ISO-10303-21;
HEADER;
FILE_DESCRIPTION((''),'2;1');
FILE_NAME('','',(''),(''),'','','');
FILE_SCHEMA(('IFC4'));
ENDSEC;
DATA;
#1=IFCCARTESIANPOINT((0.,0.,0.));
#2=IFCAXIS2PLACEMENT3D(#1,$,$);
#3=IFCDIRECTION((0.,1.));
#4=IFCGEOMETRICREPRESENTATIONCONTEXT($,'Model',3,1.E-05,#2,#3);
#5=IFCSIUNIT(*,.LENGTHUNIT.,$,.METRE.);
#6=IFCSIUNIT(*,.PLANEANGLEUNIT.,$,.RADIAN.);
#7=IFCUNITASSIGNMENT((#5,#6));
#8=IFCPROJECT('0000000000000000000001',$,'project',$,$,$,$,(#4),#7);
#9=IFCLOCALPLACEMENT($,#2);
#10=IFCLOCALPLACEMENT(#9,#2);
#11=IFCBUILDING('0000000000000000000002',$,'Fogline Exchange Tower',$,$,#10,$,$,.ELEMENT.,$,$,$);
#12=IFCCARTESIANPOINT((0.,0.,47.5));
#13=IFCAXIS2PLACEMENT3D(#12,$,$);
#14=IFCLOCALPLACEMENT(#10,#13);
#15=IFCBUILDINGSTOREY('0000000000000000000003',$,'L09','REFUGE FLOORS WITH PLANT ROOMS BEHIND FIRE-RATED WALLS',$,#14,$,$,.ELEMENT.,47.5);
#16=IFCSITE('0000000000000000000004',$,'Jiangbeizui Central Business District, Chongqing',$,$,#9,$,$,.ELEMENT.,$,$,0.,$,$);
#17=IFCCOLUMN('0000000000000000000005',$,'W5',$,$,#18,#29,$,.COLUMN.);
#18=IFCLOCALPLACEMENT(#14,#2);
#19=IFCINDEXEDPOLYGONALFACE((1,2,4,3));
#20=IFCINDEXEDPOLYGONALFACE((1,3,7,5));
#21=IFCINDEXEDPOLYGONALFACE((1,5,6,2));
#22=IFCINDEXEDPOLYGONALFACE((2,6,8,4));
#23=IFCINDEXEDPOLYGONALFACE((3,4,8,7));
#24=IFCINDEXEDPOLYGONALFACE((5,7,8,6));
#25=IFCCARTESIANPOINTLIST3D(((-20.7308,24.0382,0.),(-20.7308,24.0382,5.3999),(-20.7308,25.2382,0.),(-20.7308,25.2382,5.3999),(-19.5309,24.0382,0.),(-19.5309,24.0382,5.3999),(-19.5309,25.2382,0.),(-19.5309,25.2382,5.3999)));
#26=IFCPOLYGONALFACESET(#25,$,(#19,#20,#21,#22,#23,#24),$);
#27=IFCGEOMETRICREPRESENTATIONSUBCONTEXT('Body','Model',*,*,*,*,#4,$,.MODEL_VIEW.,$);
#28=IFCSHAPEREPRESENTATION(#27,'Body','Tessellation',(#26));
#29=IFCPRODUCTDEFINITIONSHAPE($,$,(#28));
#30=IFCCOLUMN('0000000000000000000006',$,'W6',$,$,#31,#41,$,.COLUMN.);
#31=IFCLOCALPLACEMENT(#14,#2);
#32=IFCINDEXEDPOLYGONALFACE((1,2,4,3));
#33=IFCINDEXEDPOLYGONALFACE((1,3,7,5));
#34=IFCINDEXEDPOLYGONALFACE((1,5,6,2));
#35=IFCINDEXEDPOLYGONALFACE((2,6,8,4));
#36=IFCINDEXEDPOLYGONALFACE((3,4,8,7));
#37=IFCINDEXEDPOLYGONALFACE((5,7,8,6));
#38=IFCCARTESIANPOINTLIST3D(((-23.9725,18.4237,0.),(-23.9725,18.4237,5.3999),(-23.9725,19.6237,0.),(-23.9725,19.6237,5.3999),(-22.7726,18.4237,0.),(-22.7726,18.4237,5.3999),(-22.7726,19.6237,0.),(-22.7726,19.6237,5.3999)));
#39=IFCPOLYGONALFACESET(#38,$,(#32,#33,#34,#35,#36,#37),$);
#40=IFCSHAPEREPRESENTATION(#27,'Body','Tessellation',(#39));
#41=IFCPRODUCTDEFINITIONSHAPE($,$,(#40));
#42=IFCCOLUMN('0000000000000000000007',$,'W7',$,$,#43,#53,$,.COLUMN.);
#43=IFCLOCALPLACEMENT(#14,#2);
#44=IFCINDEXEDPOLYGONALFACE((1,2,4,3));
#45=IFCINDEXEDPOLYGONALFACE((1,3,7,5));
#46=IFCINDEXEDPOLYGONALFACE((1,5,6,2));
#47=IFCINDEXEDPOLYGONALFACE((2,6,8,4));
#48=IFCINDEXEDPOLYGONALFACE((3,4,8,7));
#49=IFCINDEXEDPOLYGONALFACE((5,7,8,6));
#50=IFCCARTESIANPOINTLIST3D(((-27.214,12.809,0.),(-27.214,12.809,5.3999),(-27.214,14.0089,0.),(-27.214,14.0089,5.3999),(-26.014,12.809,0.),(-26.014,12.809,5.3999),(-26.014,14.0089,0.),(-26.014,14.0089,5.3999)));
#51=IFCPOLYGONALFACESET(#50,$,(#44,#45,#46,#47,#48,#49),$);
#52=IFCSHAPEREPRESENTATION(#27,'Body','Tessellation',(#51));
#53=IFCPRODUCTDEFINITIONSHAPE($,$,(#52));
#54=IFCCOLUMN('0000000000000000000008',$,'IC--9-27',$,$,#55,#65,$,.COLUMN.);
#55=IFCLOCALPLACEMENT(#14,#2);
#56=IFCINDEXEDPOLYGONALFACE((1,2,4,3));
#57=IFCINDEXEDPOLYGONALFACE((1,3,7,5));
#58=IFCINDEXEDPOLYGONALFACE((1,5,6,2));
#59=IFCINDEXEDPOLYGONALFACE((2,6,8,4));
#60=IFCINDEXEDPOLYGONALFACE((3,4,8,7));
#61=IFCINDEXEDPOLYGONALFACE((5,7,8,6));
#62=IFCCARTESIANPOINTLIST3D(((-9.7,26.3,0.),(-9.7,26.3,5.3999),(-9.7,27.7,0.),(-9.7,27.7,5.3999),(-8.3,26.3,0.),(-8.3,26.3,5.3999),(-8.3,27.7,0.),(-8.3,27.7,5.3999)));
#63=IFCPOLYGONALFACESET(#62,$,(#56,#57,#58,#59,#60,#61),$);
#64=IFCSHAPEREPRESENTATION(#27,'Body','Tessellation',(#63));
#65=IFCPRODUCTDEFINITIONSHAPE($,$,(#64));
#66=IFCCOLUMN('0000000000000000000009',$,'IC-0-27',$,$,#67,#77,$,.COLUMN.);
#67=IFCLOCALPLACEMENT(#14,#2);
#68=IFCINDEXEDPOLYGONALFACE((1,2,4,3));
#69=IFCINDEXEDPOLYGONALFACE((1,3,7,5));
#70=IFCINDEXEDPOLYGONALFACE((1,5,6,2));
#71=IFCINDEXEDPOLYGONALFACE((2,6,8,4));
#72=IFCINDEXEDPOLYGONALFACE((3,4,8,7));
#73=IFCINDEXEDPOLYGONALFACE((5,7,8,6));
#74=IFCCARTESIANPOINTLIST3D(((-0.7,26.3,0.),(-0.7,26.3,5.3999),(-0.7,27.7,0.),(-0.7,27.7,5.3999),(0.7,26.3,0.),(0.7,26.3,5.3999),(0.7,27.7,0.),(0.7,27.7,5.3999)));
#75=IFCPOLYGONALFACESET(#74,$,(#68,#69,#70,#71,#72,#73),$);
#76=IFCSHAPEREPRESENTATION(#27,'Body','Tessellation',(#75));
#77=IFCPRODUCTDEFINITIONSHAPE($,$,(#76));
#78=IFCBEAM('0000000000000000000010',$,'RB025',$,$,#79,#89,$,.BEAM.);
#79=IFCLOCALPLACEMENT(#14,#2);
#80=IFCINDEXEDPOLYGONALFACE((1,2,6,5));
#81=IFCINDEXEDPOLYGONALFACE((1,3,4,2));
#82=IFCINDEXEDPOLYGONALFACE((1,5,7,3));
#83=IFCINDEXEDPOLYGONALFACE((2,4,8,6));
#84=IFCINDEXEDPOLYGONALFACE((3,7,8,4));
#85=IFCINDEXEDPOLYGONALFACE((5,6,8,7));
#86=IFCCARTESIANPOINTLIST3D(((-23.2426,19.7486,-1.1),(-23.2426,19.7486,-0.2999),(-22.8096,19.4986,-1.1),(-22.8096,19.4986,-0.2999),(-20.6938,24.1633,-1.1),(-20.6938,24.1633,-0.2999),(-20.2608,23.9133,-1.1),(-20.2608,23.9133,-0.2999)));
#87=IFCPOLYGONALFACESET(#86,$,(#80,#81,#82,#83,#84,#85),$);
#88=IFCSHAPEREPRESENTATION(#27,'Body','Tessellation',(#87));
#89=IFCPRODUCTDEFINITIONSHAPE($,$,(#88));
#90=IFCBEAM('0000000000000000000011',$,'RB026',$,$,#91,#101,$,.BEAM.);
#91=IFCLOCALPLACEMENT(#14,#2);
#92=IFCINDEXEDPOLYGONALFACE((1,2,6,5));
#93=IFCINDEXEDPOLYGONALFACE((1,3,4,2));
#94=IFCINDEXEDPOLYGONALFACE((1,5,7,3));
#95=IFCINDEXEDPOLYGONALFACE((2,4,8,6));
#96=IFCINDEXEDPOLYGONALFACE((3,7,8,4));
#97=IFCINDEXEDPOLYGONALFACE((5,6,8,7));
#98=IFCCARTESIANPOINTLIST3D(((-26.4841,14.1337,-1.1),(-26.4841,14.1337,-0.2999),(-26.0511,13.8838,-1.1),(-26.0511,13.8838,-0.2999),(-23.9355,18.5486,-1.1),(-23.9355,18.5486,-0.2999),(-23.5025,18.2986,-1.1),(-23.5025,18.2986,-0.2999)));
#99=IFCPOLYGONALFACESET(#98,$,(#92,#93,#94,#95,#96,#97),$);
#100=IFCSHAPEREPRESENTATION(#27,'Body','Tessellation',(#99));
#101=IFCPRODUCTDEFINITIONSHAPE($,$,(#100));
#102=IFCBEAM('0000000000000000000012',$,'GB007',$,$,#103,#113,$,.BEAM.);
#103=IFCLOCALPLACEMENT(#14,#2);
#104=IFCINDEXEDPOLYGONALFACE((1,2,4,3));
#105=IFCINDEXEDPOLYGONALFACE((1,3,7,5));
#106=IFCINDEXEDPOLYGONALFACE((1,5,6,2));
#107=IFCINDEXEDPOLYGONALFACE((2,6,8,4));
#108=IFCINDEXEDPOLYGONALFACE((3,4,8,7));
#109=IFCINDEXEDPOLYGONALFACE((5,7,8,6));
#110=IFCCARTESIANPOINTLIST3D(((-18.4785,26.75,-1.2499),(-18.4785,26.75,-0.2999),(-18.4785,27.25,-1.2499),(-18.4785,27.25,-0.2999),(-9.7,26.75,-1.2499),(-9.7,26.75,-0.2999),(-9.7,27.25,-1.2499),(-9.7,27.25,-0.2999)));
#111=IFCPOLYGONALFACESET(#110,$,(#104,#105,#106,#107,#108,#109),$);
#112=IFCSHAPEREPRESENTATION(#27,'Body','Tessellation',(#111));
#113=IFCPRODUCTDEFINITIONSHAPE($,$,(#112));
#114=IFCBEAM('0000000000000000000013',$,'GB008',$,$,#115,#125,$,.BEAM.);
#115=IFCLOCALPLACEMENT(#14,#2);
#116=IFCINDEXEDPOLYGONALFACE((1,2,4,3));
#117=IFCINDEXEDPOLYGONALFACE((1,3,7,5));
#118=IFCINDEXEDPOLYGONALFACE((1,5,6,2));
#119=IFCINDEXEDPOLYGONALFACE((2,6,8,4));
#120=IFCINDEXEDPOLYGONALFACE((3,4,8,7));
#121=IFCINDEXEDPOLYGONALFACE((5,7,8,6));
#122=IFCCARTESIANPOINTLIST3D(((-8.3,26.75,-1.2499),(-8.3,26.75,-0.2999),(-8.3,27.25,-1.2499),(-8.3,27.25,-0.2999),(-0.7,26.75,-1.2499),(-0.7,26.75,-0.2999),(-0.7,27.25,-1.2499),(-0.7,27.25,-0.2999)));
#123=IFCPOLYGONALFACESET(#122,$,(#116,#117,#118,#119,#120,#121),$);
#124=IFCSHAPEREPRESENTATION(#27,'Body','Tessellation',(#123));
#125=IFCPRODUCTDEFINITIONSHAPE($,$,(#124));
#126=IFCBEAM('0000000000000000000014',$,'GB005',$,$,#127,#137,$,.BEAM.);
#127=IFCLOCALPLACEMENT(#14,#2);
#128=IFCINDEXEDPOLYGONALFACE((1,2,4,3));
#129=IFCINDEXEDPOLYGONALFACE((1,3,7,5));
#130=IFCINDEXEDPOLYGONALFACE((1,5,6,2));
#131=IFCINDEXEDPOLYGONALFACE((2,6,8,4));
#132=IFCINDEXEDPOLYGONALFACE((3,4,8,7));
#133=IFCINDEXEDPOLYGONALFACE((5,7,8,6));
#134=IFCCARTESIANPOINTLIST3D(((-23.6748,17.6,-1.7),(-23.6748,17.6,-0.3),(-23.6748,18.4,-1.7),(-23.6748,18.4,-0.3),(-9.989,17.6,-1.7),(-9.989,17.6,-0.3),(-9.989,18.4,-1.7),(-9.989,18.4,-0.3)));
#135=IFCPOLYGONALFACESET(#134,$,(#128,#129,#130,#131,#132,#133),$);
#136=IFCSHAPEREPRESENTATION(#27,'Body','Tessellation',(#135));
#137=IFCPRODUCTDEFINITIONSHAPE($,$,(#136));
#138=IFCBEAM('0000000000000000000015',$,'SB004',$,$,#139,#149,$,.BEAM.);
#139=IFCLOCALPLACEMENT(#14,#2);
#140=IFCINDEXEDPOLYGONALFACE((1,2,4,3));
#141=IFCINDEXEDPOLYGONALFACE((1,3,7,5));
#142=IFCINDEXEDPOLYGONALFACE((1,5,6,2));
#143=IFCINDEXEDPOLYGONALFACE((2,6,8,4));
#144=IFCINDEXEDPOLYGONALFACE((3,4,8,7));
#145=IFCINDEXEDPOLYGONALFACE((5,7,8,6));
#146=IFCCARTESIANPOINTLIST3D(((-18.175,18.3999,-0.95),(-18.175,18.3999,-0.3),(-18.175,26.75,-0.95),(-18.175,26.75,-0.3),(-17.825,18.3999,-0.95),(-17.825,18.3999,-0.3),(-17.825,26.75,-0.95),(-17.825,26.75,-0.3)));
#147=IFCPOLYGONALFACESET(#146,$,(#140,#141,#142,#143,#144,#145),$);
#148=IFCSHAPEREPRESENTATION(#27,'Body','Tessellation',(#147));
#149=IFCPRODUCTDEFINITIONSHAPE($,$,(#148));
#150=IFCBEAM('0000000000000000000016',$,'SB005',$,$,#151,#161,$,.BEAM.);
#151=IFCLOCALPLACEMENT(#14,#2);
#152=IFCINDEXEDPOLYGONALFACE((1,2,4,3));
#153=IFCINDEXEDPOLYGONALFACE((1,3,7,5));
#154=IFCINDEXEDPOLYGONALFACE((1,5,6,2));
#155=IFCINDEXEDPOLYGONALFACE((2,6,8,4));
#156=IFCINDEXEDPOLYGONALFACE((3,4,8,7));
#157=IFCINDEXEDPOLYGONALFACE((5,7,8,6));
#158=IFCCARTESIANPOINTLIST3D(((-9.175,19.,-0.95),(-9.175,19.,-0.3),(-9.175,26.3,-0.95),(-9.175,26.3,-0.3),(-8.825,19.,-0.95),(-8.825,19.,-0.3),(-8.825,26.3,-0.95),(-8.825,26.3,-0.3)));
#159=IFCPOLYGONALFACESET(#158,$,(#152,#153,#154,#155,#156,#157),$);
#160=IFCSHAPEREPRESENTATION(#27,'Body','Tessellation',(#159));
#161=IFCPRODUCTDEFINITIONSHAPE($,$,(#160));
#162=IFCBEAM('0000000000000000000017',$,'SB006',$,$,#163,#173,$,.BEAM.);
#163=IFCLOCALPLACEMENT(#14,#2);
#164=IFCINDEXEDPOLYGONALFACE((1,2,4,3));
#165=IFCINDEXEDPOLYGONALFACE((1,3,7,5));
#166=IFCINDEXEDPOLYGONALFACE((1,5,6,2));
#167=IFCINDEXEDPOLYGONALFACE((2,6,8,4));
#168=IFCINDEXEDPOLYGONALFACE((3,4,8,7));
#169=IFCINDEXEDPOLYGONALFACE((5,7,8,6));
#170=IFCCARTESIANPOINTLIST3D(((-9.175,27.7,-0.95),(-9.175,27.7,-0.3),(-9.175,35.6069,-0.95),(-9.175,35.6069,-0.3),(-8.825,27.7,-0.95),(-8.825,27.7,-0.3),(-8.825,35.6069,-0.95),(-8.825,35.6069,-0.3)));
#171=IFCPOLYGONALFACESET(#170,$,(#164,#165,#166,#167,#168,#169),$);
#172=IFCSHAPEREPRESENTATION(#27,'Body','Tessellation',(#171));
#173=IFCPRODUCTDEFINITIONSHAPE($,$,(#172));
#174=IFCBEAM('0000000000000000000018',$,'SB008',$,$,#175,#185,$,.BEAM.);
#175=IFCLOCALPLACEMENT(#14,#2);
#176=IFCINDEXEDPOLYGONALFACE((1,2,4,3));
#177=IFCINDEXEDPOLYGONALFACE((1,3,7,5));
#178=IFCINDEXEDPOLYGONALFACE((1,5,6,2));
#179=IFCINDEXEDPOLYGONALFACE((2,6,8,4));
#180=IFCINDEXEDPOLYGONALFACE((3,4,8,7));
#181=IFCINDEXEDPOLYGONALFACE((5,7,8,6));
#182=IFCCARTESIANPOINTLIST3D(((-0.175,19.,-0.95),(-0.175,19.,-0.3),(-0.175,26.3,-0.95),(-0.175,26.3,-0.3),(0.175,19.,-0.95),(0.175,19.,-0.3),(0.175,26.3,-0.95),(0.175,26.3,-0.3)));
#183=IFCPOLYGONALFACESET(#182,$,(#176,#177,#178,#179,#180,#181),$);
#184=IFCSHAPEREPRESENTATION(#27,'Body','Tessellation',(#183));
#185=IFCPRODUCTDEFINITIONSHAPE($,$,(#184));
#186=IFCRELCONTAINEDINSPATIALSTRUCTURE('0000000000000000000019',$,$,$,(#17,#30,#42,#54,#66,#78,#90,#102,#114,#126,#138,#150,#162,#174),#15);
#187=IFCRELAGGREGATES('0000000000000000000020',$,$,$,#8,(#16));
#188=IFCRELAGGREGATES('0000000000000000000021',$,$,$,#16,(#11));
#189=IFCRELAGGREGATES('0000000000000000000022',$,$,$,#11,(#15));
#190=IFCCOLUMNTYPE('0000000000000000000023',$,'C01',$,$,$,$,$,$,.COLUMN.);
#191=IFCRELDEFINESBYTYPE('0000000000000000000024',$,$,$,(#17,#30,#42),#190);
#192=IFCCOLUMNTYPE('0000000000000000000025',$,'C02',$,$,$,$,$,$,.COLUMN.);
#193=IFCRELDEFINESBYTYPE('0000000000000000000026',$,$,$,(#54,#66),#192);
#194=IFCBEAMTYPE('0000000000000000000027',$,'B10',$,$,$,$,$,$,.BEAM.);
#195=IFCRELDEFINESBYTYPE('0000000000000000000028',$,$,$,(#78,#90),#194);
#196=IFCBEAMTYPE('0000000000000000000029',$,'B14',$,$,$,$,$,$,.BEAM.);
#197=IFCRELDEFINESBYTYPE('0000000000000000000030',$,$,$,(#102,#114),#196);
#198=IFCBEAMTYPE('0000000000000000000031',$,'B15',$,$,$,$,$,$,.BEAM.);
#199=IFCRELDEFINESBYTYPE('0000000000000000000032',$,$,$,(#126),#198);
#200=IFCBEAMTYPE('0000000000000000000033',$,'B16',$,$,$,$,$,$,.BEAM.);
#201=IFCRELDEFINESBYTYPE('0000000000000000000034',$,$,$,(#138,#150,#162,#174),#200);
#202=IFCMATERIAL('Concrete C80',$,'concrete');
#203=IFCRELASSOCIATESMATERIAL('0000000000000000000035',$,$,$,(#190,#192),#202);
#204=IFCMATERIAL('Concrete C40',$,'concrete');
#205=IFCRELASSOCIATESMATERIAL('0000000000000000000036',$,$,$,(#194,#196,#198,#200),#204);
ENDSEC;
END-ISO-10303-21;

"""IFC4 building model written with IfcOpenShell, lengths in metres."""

from ifc_helpers import new_model, si_unit, direction, frame, origin, origin_2d, place, context, subcontext, project, spatial, rectangle, extrude, material, material_profile, profile_set, type_object, element, save


model = new_model("IFC4")

# Units and contexts
model_context = context("Model", 3, precision=1e-05, world=origin(), true_north=direction((0.0, 1.0)))
body_context = subcontext(model_context, "Body", "Model", "MODEL_VIEW")
ifc_project = project(units=[si_unit("LENGTHUNIT", "METRE"), si_unit("PLANEANGLEUNIT", "RADIAN")], contexts=[model_context])

# Site, building, storey
site_placement = place(None, origin())
site = spatial("IfcSite", under=ifc_project, at=site_placement, Name="Jiangbeizui Central Business District, Chongqing", CompositionType="ELEMENT", RefElevation=0.0)
building_placement = place(site_placement, origin())
building = spatial("IfcBuilding", under=site, at=building_placement, Name="Fogline Exchange Tower", CompositionType="ELEMENT")
storey_placement = place(building_placement, frame((0.0, 0.0, 47.5)))
storey = spatial("IfcBuildingStorey", under=building, at=storey_placement, Name="L09", Description="REFUGE FLOORS WITH PLANT ROOMS BEHIND FIRE-RATED WALLS", CompositionType="ELEMENT", Elevation=47.5)

# Columns
ifc_material_1 = material(Name="Concrete C80", Category="concrete")
ifc_material_profile_1 = material_profile(ifc_material_1, rectangle(XDim=1.2, YDim=1.2, at=origin_2d()), Name="RC 1200x1200")
ifc_profile_set_1 = profile_set([ifc_material_profile_1], Name="Concrete C80")
column_type_1 = type_object("IfcColumnType", Name="C01", PredefinedType="COLUMN", material=ifc_profile_set_1)
for number, where, z_axis, x_axis, name in (
    (1, (-20.1309, 24.6382, 0.0), (0.0, 0.0, 1.0), (1.0, 0.0, 0.0), "W5"),
    (2, (-23.3726, 19.0237, 0.0), (0.0, 0.0, 1.0), (1.0, 0.0, 0.0), "W6"),
    (3, (-26.614, 13.4089, 0.0), (0.0, 0.0, 1.0), (1.0, 0.0, 0.0), "W7"),
):
    element("IfcColumn", number, at=place(storey_placement, frame(where, z_axis=z_axis, x_axis=x_axis)), inside=storey, type_object=column_type_1, Name=name, PredefinedType="COLUMN", context=body_context, shape_type="SweptSolid", body=[
        extrude(rectangle(XDim=1.2, YDim=1.2, at=origin_2d()), origin(), (0.0, 0.0, 1.0), 5.3999),
    ])
ifc_material_profile_2 = material_profile(ifc_material_1, rectangle(XDim=1.3999, YDim=1.3999, at=origin_2d()), Name="RC 1400x1400")
ifc_profile_set_2 = profile_set([ifc_material_profile_2], Name="Concrete C80")
column_type_2 = type_object("IfcColumnType", Name="C02", PredefinedType="COLUMN", material=ifc_profile_set_2)
for number, where, z_axis, x_axis, name in (
    (4, (-9.0, 27.0, 0.0), (0.0, 0.0, 1.0), (1.0, 0.0, 0.0), "IC--9-27"),
    (5, (0.0, 27.0, 0.0), (0.0, 0.0, 1.0), (1.0, 0.0, 0.0), "IC-0-27"),
):
    element("IfcColumn", number, at=place(storey_placement, frame(where, z_axis=z_axis, x_axis=x_axis)), inside=storey, type_object=column_type_2, Name=name, PredefinedType="COLUMN", context=body_context, shape_type="SweptSolid", body=[
        extrude(rectangle(XDim=1.3999, YDim=1.3999, at=origin_2d()), origin(), (0.0, 0.0, 1.0), 5.3999),
    ])

# Beams
ifc_material_2 = material(Name="Concrete C40", Category="concrete")
ifc_material_profile_3 = material_profile(ifc_material_2, rectangle(XDim=0.5, YDim=0.8, at=origin_2d()), Name="RC 500x800")
ifc_profile_set_3 = profile_set([ifc_material_profile_3], Name="Concrete C40")
beam_type_1 = type_object("IfcBeamType", Name="B10", PredefinedType="BEAM", material=ifc_profile_set_3)
for number, where, z_axis, x_axis, name in (
    (6, (-20.4773, 24.0383, -0.7), (-0.499992, -0.86603, 0.0), (0.86603, -0.499992, 0.0), "RB025"),
    (7, (-23.719, 18.4236, -0.7), (-0.499956, -0.866051, 0.0), (0.866051, -0.499956, 0.0), "RB026"),
):
    element("IfcBeam", number, at=place(storey_placement, frame(where, z_axis=z_axis, x_axis=x_axis)), inside=storey, type_object=beam_type_1, Name=name, PredefinedType="BEAM", context=body_context, shape_type="SweptSolid", body=[
        extrude(rectangle(XDim=0.5, YDim=0.8, at=origin_2d()), origin(), (0.0, 0.0, 1.0), 5.0977),
    ])
ifc_material_profile_4 = material_profile(ifc_material_2, rectangle(XDim=0.5, YDim=0.95, at=origin_2d()), Name="RC 500x950")
ifc_profile_set_4 = profile_set([ifc_material_profile_4], Name="Concrete C40")
beam_type_2 = type_object("IfcBeamType", Name="B14", PredefinedType="BEAM", material=ifc_profile_set_4)
beam_1_placement = place(storey_placement, frame((-18.4785, 27.0, -0.7749), z_axis=(1.0, 0.0, 0.0), x_axis=(0.0, 1.0, 0.0)))
element("IfcBeam", 8, at=beam_1_placement, inside=storey, type_object=beam_type_2, Name="GB007", PredefinedType="BEAM", context=body_context, shape_type="SweptSolid", body=[
    extrude(rectangle(XDim=0.5, YDim=0.95, at=origin_2d()), origin(), (0.0, 0.0, 1.0), 8.7786),
])
beam_2_placement = place(storey_placement, frame((-8.3, 27.0, -0.7749), z_axis=(1.0, 0.0, 0.0), x_axis=(0.0, 1.0, 0.0)))
element("IfcBeam", 9, at=beam_2_placement, inside=storey, type_object=beam_type_2, Name="GB008", PredefinedType="BEAM", context=body_context, shape_type="SweptSolid", body=[
    extrude(rectangle(XDim=0.5, YDim=0.95, at=origin_2d()), origin(), (0.0, 0.0, 1.0), 7.6001),
])
ifc_material_profile_5 = material_profile(ifc_material_2, rectangle(XDim=0.8, YDim=1.3999, at=origin_2d()), Name="RC 800x1400")
ifc_profile_set_5 = profile_set([ifc_material_profile_5], Name="Concrete C40")
beam_type_3 = type_object("IfcBeamType", Name="B15", PredefinedType="BEAM", material=ifc_profile_set_5)
beam_3_placement = place(storey_placement, frame((-23.6748, 18.0, -1.0), z_axis=(1.0, 0.0, 0.0), x_axis=(0.0, 1.0, 0.0)))
element("IfcBeam", 10, at=beam_3_placement, inside=storey, type_object=beam_type_3, Name="GB005", PredefinedType="BEAM", context=body_context, shape_type="SweptSolid", body=[
    extrude(rectangle(XDim=0.8, YDim=1.3999, at=origin_2d()), origin(), (0.0, 0.0, 1.0), 13.6858),
])
ifc_material_profile_6 = material_profile(ifc_material_2, rectangle(XDim=0.3501, YDim=0.6499, at=origin_2d()), Name="RC 350x650")
ifc_profile_set_6 = profile_set([ifc_material_profile_6], Name="Concrete C40")
beam_type_4 = type_object("IfcBeamType", Name="B16", PredefinedType="BEAM", material=ifc_profile_set_6)
beam_4_placement = place(storey_placement, frame((-18.0, 18.3999, -0.625), z_axis=(0.0, 1.0, 0.0), x_axis=(-1.0, 0.0, 0.0)))
element("IfcBeam", 11, at=beam_4_placement, inside=storey, type_object=beam_type_4, Name="SB004", PredefinedType="BEAM", context=body_context, shape_type="SweptSolid", body=[
    extrude(rectangle(XDim=0.3501, YDim=0.6499, at=origin_2d()), origin(), (0.0, 0.0, 1.0), 8.3501),
])
beam_5_placement = place(storey_placement, frame((-9.0, 19.0, -0.625), z_axis=(0.0, 1.0, 0.0), x_axis=(-1.0, 0.0, 0.0)))
element("IfcBeam", 12, at=beam_5_placement, inside=storey, type_object=beam_type_4, Name="SB005", PredefinedType="BEAM", context=body_context, shape_type="SweptSolid", body=[
    extrude(rectangle(XDim=0.3501, YDim=0.6499, at=origin_2d()), origin(), (0.0, 0.0, 1.0), 7.3),
])
beam_6_placement = place(storey_placement, frame((-9.0, 27.7, -0.625), z_axis=(0.0, 1.0, 0.0), x_axis=(-1.0, 0.0, 0.0)))
element("IfcBeam", 13, at=beam_6_placement, inside=storey, type_object=beam_type_4, Name="SB006", PredefinedType="BEAM", context=body_context, shape_type="SweptSolid", body=[
    extrude(rectangle(XDim=0.3501, YDim=0.6499, at=origin_2d()), origin(), (0.0, 0.0, 1.0), 7.907),
])
beam_7_placement = place(storey_placement, frame((0.0, 19.0, -0.625), z_axis=(0.0, 1.0, 0.0), x_axis=(-1.0, 0.0, 0.0)))
element("IfcBeam", 14, at=beam_7_placement, inside=storey, type_object=beam_type_4, Name="SB008", PredefinedType="BEAM", context=body_context, shape_type="SweptSolid", body=[
    extrude(rectangle(XDim=0.3501, YDim=0.6499, at=origin_2d()), origin(), (0.0, 0.0, 1.0), 7.3),
])

save(model, "model.ifc")
